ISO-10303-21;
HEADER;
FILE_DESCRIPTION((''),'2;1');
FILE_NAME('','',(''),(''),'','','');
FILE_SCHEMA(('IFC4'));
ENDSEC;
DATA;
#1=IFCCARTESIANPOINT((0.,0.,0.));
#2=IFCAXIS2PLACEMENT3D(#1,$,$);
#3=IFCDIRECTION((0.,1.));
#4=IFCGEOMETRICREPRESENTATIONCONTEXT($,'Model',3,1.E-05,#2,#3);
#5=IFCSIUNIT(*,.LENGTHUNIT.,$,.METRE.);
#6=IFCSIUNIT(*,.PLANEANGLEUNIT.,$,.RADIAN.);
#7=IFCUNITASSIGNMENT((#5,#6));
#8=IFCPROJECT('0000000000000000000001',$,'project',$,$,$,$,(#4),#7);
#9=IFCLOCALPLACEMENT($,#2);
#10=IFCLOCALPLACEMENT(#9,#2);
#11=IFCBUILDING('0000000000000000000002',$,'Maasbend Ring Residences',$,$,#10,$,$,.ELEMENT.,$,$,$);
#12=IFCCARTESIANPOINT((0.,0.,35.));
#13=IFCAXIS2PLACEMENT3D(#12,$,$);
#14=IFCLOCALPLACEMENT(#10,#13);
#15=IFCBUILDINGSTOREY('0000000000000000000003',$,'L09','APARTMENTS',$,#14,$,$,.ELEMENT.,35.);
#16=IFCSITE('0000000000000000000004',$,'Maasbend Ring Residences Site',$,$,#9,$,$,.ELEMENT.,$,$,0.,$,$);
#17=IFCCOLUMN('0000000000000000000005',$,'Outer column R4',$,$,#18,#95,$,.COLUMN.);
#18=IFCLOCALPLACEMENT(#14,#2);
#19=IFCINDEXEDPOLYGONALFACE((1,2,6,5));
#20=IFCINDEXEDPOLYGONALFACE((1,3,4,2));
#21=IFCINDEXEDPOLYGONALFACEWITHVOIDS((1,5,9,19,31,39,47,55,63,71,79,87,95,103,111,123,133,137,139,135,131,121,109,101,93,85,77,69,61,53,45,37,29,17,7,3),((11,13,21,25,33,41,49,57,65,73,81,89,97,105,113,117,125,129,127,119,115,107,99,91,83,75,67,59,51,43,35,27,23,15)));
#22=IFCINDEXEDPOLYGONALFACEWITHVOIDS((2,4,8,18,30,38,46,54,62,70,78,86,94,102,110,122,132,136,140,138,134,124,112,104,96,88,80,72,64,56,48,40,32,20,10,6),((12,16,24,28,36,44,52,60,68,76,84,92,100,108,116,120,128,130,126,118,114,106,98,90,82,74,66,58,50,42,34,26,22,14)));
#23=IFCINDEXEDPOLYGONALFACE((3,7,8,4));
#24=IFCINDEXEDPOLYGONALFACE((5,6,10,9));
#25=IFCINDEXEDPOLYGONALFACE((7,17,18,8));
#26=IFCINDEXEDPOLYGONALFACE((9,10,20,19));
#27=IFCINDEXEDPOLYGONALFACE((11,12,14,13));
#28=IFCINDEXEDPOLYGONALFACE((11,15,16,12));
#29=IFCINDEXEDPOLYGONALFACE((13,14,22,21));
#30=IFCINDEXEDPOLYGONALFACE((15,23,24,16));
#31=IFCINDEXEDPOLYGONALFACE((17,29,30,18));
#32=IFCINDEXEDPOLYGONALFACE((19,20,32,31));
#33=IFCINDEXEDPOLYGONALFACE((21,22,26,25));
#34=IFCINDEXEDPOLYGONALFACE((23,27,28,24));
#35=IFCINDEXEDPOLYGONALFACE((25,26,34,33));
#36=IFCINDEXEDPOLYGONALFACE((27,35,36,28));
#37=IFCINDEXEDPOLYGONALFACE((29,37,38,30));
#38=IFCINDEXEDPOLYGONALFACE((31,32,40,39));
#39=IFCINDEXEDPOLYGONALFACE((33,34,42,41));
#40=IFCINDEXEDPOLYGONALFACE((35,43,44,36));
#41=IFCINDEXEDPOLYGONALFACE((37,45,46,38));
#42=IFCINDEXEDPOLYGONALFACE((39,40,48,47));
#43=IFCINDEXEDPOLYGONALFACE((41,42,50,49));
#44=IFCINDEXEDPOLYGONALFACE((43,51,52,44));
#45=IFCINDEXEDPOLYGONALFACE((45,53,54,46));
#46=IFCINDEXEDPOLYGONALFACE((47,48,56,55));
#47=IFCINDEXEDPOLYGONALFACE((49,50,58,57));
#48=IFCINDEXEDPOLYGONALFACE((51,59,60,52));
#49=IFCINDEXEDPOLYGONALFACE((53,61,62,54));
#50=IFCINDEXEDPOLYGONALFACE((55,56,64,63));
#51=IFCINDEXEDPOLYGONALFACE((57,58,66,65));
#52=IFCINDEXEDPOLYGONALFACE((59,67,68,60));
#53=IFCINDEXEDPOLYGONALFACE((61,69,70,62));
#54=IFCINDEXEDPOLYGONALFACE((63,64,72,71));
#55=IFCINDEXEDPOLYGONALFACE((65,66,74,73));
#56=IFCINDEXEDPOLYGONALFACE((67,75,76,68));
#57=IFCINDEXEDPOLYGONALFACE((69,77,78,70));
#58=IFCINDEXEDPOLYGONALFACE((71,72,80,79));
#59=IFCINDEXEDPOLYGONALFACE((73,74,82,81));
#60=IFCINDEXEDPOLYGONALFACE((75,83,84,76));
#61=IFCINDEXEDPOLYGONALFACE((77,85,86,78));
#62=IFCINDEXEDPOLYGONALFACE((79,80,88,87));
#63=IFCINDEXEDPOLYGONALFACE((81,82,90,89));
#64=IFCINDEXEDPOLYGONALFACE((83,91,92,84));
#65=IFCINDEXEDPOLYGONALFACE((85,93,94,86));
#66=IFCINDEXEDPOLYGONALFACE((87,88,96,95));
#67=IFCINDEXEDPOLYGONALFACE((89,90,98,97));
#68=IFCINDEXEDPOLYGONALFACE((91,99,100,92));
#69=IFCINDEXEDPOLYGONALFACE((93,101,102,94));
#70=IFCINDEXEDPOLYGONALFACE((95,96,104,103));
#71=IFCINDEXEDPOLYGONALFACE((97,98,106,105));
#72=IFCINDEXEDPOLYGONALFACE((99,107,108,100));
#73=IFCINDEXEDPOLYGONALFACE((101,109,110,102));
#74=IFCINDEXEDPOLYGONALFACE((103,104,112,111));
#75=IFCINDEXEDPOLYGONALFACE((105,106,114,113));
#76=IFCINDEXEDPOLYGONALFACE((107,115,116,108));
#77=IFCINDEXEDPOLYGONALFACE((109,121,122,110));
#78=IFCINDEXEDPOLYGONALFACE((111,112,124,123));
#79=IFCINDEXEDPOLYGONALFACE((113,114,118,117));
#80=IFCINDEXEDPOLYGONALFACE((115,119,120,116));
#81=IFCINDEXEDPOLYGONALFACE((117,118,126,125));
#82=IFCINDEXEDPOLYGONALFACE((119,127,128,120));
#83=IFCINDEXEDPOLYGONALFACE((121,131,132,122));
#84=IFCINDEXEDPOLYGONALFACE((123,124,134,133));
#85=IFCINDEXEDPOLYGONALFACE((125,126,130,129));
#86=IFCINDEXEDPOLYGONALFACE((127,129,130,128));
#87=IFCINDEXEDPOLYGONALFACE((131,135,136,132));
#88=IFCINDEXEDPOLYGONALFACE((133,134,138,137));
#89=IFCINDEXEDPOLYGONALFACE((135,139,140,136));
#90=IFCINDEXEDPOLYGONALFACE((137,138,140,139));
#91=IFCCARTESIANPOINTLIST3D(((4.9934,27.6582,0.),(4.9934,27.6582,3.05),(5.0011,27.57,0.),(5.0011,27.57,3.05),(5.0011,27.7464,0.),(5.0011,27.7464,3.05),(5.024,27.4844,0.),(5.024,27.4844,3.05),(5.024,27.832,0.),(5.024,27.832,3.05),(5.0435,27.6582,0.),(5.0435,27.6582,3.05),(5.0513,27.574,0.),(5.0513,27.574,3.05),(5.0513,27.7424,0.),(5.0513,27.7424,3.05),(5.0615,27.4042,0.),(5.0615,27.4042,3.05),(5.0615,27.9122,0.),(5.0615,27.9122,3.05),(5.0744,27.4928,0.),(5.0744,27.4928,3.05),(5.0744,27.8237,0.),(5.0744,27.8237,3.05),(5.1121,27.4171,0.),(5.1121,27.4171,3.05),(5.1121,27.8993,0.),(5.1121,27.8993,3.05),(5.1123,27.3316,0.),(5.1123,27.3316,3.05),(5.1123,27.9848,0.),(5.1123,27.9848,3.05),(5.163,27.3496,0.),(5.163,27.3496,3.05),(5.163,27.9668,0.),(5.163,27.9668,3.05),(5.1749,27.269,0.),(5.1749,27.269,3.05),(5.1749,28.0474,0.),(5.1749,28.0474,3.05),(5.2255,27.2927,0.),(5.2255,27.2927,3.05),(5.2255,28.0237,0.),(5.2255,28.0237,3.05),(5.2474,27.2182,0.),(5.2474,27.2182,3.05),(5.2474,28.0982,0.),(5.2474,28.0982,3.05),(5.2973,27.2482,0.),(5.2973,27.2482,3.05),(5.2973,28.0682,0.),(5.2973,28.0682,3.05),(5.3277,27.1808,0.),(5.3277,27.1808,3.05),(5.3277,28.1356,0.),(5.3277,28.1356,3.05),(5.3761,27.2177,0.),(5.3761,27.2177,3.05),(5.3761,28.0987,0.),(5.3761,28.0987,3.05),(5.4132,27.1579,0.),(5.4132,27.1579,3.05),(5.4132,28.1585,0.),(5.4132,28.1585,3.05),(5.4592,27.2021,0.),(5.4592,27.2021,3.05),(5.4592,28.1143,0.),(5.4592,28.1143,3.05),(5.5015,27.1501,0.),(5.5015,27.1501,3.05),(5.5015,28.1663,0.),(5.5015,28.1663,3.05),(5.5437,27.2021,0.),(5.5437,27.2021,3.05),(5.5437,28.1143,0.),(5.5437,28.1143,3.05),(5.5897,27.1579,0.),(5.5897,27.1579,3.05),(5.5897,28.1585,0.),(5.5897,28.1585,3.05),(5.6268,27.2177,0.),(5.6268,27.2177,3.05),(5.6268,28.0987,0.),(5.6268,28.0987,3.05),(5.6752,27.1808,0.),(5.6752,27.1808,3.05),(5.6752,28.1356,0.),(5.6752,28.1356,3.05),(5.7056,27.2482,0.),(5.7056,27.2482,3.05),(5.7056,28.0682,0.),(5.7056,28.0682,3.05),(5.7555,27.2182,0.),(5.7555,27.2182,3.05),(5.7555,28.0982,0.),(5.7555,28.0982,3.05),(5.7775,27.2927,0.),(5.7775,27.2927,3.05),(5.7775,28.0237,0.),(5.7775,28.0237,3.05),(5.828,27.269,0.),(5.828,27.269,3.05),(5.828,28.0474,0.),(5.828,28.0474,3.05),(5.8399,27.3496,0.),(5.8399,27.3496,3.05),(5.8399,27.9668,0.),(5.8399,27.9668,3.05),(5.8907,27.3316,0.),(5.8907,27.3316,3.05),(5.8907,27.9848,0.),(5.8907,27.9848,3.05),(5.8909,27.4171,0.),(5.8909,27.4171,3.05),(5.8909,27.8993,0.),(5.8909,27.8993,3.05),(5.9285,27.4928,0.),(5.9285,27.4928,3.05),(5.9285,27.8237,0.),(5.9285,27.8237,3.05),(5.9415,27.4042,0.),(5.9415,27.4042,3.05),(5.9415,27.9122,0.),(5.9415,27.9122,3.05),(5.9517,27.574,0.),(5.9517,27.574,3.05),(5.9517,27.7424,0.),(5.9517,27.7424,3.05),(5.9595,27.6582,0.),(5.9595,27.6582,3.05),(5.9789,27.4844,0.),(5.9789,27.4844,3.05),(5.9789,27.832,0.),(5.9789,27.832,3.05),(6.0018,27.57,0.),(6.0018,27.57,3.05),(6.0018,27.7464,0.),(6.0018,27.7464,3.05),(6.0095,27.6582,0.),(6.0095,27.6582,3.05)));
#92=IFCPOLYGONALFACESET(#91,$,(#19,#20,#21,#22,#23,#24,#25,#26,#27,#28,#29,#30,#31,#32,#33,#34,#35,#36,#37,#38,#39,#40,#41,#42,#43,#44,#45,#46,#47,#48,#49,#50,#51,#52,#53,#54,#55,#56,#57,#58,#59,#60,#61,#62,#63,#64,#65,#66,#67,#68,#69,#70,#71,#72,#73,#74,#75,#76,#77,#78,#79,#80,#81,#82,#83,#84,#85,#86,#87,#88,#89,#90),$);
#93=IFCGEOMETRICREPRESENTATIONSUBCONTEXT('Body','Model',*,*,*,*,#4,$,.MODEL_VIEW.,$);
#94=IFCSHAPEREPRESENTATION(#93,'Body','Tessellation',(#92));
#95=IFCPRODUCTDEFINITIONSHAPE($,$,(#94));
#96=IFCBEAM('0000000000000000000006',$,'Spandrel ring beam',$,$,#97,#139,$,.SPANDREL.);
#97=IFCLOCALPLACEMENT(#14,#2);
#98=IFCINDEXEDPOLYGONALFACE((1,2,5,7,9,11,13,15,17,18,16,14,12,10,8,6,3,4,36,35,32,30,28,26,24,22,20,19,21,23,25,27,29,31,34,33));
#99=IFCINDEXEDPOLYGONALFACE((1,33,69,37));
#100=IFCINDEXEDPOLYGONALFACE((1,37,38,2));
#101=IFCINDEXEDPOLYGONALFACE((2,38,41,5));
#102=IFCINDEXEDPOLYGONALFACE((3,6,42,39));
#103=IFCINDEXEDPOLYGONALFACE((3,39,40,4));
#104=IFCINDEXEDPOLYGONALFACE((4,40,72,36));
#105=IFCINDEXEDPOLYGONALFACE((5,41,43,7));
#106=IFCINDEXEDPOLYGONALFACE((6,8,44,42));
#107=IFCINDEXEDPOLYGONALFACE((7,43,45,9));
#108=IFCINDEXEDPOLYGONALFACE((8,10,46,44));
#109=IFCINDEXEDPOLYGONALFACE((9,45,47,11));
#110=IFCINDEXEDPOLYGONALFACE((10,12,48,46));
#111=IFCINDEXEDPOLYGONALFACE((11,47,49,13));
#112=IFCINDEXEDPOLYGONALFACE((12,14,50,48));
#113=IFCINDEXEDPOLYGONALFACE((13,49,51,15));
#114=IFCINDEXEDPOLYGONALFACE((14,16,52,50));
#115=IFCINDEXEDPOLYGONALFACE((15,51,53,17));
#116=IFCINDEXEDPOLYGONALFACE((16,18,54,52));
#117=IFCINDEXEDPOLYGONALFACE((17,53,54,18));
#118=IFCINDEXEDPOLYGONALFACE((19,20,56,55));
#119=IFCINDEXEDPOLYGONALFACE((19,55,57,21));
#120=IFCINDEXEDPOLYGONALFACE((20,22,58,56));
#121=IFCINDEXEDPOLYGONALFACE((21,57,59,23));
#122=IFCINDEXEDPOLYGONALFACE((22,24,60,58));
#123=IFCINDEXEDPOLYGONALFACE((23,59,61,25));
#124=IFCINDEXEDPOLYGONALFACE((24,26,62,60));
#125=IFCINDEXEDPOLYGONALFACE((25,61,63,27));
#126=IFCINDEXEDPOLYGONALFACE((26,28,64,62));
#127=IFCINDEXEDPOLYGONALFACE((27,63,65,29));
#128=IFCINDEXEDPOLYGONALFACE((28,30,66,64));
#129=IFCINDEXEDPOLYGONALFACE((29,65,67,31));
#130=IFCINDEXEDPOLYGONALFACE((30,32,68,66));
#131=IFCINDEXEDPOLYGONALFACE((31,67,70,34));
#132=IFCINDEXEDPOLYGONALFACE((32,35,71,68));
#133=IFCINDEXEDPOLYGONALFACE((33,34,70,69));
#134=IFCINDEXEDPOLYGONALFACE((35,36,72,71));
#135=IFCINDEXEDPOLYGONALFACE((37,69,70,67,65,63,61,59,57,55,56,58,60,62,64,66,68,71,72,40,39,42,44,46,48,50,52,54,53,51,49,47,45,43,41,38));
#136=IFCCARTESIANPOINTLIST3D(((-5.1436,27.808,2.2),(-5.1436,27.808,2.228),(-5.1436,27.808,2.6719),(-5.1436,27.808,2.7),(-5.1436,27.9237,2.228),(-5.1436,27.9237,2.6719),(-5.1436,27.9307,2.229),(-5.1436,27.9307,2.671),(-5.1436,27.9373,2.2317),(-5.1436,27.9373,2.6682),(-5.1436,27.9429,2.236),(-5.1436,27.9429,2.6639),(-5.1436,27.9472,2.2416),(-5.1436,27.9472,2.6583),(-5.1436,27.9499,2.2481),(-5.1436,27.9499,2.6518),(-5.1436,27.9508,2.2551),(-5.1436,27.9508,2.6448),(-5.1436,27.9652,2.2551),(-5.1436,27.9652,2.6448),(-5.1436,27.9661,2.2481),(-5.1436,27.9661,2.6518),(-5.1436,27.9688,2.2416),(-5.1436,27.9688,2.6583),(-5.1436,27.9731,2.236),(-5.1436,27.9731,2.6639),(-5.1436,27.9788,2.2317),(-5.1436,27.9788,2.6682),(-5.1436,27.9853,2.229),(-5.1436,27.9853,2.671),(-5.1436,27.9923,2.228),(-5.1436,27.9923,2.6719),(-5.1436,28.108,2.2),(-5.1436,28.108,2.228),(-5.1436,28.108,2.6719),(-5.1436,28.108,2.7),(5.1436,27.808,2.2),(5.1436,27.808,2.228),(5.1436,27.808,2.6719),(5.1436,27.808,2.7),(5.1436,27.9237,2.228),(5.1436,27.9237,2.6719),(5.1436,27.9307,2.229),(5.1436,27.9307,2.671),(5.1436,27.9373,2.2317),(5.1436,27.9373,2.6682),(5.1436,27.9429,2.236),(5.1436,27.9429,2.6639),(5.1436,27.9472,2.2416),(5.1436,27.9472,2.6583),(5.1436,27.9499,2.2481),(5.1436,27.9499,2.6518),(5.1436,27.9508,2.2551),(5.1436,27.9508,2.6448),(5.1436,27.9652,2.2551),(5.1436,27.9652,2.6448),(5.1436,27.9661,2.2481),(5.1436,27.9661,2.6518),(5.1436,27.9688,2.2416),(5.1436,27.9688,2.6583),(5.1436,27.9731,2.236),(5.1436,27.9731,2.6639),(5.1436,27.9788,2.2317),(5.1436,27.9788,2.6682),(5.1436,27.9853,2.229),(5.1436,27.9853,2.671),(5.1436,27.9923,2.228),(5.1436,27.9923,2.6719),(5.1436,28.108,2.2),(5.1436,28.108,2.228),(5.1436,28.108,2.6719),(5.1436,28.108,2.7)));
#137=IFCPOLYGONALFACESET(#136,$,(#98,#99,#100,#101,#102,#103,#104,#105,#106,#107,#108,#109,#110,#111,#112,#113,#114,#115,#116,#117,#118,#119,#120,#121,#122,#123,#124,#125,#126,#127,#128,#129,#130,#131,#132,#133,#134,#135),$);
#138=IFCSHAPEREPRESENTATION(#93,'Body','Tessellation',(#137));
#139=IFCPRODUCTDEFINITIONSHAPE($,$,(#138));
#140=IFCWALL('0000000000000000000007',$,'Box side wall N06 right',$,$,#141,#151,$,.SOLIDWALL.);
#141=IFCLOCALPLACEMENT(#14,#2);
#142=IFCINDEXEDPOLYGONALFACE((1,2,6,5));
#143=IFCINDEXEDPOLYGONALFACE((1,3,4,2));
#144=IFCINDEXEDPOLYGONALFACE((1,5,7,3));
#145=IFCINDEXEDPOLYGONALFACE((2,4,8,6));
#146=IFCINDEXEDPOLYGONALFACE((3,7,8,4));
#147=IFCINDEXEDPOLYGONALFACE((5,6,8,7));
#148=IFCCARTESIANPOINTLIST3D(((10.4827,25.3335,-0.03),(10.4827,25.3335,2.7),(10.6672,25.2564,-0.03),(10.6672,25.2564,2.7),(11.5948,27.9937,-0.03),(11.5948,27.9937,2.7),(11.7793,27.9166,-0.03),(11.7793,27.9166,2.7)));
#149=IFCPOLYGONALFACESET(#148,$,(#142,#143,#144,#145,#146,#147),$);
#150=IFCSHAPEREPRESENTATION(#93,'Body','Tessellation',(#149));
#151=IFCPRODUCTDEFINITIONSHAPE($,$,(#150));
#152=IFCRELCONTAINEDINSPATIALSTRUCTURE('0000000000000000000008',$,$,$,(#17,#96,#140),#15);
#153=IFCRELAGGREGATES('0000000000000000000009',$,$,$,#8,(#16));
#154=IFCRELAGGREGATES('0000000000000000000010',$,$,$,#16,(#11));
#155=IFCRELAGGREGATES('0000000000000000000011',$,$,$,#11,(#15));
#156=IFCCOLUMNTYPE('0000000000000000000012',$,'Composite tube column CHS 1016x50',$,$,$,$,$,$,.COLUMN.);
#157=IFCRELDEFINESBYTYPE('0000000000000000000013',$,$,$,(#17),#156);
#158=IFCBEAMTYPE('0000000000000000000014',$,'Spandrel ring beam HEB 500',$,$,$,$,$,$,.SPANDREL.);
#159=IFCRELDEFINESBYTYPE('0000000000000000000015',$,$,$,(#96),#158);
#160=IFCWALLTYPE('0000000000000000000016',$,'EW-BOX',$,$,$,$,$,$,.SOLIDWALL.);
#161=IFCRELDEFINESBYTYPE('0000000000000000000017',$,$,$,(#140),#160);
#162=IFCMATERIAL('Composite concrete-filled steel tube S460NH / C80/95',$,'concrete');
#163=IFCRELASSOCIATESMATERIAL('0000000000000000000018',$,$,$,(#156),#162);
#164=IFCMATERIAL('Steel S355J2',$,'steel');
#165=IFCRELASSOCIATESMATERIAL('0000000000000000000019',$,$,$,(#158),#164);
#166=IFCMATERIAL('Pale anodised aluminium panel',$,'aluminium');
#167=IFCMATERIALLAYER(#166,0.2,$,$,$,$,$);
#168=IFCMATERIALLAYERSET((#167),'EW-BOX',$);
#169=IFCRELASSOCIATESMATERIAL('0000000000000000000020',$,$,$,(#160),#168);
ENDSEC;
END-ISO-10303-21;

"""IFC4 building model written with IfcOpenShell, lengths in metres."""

from ifc_helpers import new_model, si_unit, direction, frame, frame_2d, origin, origin_2d, place, context, subcontext, project, spatial, rectangle, hollow_circle, i_section, extrude, material, layer, layer_set, material_profile, profile_set, type_object, element, save


model = new_model("IFC4")

# Units and contexts
model_context = context("Model", 3, precision=1e-05, world=origin(), true_north=direction((0.0, 1.0)))
body_context = subcontext(model_context, "Body", "Model", "MODEL_VIEW")
ifc_project = project(units=[si_unit("LENGTHUNIT", "METRE"), si_unit("PLANEANGLEUNIT", "RADIAN")], contexts=[model_context])

# Site, building, storey
site_placement = place(None, origin())
site = spatial("IfcSite", under=ifc_project, at=site_placement, Name="Maasbend Ring Residences Site", CompositionType="ELEMENT", RefElevation=0.0)
building_placement = place(site_placement, origin())
building = spatial("IfcBuilding", under=site, at=building_placement, Name="Maasbend Ring Residences", CompositionType="ELEMENT")
storey_placement = place(building_placement, frame((0.0, 0.0, 35.0)))
storey = spatial("IfcBuildingStorey", under=building, at=storey_placement, Name="L09", Description="APARTMENTS", CompositionType="ELEMENT", Elevation=35.0)

# Column
ifc_material_1 = material(Name="Composite concrete-filled steel tube S460NH / C80/95", Category="concrete")
ifc_material_profile_1 = material_profile(ifc_material_1, hollow_circle(Radius=0.5081, WallThickness=0.05, at=origin_2d()), Name="Composite tube column CHS 1016x50")
ifc_profile_set_1 = profile_set([ifc_material_profile_1], Name="Composite concrete-filled steel tube S460NH / C80/95")
column_type = type_object("IfcColumnType", Name="Composite tube column CHS 1016x50", PredefinedType="COLUMN", material=ifc_profile_set_1)
column_placement = place(storey_placement, frame((5.5015, 27.6582, 0.0), z_axis=(0.0, 0.0, 1.0), x_axis=(1.0, 0.0, 0.0)))
element("IfcColumn", 1, at=column_placement, inside=storey, type_object=column_type, Name="Outer column R4", PredefinedType="COLUMN", context=body_context, shape_type="SweptSolid", body=[
    extrude(hollow_circle(Radius=0.5081, WallThickness=0.05, at=origin_2d()), origin(), (0.0, 0.0, 1.0), 3.05),
])

# Beam
ifc_material_2 = material(Name="Steel S355J2", Category="steel")
ifc_material_profile_2 = material_profile(ifc_material_2, i_section(OverallWidth=0.3, OverallDepth=0.5, WebThickness=0.0144, FlangeThickness=0.0281, FilletRadius=0.0271, at=origin_2d()), Name="HEB 500")
ifc_profile_set_2 = profile_set([ifc_material_profile_2], Name="Steel S355J2")
beam_type = type_object("IfcBeamType", Name="Spandrel ring beam HEB 500", PredefinedType="SPANDREL", material=ifc_profile_set_2)
beam_placement = place(storey_placement, frame((5.1436, 27.958, 2.45), z_axis=(-1.0, 0.0, 0.0), x_axis=(0.0, -1.0, 0.0)))
element("IfcBeam", 2, at=beam_placement, inside=storey, type_object=beam_type, Name="Spandrel ring beam", PredefinedType="SPANDREL", context=body_context, shape_type="SweptSolid", body=[
    extrude(i_section(OverallWidth=0.3, OverallDepth=0.5, WebThickness=0.0144, FlangeThickness=0.0281, FilletRadius=0.0271, at=origin_2d()), origin(), (0.0, 0.0, 1.0), 10.2871),
])

# Wall
ifc_material_3 = material(Name="Pale anodised aluminium panel", Category="aluminium")
ifc_layer_1 = layer(ifc_material_3, 0.2)
ifc_layer_set_1 = layer_set([ifc_layer_1], Name="EW-BOX")
wall_type_1 = type_object("IfcWallType", Name="EW-BOX", PredefinedType="SOLIDWALL", material=ifc_layer_set_1)
wall_1_placement = place(storey_placement, frame((10.575, 25.2949, -0.03), z_axis=(0.0, 0.0, 1.0), x_axis=(0.385697, 0.922625, 0.0)))
element("IfcWall", 3, at=wall_1_placement, inside=storey, type_object=wall_type_1, Name="Box side wall N06 right", PredefinedType="SOLIDWALL", context=body_context, shape_type="SweptSolid", body=[
    extrude(rectangle(XDim=2.8833, YDim=0.2, at=frame_2d((1.4417, 0.0))), origin(), (0.0, 0.0, 1.0), 2.73),
])

save(model, "model.ifc")
